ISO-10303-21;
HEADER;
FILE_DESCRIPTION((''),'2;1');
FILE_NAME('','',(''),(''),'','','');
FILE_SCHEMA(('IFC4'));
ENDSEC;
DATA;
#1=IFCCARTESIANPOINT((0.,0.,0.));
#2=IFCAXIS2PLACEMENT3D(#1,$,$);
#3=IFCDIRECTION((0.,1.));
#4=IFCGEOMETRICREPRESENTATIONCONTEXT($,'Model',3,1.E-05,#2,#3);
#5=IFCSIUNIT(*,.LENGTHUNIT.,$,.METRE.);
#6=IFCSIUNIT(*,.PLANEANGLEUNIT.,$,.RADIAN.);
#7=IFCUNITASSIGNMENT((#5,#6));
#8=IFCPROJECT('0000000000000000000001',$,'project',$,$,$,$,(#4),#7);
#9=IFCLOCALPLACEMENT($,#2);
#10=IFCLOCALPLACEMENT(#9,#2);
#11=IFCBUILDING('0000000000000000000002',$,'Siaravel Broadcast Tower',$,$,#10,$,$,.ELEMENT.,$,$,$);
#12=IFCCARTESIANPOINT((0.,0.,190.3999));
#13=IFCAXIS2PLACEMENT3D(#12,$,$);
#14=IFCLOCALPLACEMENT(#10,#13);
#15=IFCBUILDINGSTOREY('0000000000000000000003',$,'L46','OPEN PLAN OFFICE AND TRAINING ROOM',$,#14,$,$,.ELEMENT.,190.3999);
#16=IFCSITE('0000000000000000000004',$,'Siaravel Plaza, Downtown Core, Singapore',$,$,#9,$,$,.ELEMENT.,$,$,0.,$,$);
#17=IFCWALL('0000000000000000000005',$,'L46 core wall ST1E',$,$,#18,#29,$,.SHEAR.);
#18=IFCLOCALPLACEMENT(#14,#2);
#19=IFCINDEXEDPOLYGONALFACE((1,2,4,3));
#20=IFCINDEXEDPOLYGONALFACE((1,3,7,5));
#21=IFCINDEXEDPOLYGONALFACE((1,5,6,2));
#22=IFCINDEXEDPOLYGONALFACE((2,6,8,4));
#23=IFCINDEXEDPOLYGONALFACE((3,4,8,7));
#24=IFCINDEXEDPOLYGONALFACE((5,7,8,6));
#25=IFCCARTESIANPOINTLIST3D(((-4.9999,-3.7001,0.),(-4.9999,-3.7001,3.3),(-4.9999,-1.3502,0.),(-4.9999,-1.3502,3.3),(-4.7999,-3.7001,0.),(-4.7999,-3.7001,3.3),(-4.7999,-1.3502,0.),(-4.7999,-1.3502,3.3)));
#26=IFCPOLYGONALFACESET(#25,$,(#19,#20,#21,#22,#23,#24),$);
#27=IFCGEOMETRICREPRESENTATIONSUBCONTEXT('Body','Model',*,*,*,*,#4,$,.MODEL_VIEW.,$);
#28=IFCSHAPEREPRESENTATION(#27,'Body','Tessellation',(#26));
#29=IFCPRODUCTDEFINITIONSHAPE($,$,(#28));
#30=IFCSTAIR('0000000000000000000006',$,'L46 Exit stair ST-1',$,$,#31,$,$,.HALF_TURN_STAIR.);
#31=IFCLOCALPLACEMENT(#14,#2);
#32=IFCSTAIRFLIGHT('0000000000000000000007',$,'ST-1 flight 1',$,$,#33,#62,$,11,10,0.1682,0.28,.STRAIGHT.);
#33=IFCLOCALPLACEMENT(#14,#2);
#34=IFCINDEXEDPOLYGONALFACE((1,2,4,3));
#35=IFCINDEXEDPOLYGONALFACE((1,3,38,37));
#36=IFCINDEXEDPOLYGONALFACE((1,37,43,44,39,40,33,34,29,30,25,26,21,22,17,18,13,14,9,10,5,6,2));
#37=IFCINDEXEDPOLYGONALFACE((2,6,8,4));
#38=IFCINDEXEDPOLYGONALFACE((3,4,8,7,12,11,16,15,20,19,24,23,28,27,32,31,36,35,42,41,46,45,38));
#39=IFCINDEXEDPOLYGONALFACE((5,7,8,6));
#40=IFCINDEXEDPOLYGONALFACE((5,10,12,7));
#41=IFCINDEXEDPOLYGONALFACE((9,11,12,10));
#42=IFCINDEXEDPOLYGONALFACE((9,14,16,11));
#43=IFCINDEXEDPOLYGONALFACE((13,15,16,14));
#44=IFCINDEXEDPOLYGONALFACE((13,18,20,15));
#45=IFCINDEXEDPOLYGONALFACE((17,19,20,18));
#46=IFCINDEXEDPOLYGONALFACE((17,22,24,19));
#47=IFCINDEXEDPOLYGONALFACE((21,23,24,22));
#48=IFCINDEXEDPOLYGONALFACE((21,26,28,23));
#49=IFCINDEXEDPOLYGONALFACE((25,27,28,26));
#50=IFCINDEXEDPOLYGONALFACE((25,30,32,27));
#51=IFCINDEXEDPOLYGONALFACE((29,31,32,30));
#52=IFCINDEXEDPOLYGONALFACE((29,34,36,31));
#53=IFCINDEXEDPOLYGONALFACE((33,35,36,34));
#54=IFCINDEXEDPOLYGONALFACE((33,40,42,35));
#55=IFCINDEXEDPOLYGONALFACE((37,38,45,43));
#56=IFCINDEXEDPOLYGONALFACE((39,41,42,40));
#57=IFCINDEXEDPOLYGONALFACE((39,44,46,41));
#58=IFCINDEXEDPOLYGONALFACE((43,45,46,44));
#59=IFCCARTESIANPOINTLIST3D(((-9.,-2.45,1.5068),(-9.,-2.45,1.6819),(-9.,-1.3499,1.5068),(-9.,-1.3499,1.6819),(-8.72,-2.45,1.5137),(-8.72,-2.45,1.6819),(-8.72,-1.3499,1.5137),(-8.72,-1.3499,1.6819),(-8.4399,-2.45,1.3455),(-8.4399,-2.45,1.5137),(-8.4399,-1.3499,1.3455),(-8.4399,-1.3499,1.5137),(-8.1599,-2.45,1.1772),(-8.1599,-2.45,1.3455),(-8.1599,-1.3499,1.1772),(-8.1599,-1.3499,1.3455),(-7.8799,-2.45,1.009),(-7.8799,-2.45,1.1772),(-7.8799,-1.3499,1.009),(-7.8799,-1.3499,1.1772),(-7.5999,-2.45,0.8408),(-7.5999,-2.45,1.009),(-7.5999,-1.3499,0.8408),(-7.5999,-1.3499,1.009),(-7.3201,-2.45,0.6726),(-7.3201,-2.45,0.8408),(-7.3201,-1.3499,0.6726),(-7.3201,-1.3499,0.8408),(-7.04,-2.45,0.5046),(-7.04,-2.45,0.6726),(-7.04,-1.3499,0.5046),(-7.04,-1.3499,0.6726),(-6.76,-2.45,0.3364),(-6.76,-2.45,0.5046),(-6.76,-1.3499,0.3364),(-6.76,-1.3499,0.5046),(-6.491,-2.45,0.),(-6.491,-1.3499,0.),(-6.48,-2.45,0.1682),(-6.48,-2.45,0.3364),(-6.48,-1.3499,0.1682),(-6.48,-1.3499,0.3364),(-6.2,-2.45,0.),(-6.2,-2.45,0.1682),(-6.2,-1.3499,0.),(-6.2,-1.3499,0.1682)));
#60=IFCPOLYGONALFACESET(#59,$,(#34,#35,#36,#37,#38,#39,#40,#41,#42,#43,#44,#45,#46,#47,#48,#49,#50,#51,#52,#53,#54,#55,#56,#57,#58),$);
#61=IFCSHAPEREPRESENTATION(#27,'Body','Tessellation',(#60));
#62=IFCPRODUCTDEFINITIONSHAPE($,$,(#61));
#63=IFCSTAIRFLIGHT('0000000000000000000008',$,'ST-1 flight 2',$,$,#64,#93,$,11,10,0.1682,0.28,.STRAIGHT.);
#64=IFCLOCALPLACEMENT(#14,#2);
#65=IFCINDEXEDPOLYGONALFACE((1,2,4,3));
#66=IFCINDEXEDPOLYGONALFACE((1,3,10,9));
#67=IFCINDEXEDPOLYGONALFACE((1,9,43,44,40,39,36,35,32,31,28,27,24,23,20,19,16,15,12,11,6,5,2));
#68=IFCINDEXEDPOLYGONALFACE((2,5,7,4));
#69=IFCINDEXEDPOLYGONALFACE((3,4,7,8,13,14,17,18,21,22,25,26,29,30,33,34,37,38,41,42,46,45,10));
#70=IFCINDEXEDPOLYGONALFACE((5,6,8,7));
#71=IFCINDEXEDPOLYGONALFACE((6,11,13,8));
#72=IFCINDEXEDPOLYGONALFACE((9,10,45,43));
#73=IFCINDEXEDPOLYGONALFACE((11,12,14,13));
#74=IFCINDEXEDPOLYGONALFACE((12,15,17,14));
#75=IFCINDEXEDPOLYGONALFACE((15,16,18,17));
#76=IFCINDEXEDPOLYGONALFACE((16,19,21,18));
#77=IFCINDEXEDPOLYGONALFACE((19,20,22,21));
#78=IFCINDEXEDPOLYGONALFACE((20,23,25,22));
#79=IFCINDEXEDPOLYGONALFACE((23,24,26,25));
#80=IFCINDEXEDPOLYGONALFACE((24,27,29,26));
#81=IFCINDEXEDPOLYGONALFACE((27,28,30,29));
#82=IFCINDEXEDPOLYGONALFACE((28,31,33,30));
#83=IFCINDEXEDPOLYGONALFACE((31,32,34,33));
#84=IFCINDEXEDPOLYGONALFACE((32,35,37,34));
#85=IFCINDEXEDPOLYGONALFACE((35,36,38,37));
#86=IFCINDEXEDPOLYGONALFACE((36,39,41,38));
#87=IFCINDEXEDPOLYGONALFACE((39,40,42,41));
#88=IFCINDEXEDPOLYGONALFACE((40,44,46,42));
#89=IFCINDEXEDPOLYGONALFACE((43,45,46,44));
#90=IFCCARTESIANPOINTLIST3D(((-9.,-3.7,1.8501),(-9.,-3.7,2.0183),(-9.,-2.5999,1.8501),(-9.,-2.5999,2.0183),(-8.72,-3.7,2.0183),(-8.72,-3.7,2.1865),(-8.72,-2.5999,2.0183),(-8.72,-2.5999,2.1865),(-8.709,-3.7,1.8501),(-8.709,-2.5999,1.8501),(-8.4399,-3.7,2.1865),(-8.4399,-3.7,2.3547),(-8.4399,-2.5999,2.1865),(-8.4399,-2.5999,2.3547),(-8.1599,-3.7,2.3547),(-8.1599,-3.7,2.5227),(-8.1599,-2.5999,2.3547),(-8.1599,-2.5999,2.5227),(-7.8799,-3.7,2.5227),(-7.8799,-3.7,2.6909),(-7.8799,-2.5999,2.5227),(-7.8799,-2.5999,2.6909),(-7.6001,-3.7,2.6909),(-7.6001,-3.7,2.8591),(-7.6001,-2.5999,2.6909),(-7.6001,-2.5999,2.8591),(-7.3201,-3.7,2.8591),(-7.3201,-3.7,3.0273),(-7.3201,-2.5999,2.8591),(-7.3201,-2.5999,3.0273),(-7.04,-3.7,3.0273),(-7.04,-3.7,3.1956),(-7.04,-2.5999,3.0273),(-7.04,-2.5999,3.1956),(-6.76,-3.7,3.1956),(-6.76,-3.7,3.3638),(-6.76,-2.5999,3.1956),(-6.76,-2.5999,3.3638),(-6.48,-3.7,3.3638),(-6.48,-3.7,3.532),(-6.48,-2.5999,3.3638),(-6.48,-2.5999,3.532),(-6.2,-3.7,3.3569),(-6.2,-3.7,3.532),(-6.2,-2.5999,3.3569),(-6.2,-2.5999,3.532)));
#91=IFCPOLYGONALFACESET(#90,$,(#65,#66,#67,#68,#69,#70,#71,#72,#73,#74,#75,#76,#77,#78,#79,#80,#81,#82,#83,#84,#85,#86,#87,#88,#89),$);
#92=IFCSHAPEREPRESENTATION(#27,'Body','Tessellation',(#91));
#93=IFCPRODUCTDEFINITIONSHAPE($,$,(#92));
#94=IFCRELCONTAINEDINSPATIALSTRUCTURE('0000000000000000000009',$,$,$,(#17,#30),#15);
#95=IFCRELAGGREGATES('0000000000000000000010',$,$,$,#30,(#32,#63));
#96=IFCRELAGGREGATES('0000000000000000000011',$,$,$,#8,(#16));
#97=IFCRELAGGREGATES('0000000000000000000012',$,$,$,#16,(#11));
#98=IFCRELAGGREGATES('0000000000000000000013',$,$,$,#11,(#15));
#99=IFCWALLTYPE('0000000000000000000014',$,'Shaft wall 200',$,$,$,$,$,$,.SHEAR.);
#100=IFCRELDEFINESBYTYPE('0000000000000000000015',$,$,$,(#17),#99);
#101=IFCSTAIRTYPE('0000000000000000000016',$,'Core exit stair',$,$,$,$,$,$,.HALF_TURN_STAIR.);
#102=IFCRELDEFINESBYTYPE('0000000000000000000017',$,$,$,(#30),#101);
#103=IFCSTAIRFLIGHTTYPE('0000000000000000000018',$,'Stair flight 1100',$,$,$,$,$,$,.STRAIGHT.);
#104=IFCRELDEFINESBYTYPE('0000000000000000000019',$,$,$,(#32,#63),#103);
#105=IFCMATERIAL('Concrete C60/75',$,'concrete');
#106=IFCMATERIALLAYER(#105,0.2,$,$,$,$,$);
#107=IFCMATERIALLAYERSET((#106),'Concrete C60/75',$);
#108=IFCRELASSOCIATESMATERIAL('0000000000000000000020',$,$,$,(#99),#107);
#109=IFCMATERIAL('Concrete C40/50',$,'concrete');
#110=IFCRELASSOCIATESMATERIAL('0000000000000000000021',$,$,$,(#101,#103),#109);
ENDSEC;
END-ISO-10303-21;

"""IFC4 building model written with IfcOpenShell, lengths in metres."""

from ifc_helpers import new_model, si_unit, direction, frame, frame_2d, origin, place, context, subcontext, project, spatial, polyline, rectangle, outline, extrude, material, layer, layer_set, type_object, element, aggregate, save


model = new_model("IFC4")

# Units and contexts
model_context = context("Model", 3, precision=1e-05, world=origin(), true_north=direction((0.0, 1.0)))
body_context = subcontext(model_context, "Body", "Model", "MODEL_VIEW")
ifc_project = project(units=[si_unit("LENGTHUNIT", "METRE"), si_unit("PLANEANGLEUNIT", "RADIAN")], contexts=[model_context])

# Site, building, storey
site_placement = place(None, origin())
site = spatial("IfcSite", under=ifc_project, at=site_placement, Name="Siaravel Plaza, Downtown Core, Singapore", CompositionType="ELEMENT", RefElevation=0.0)
building_placement = place(site_placement, origin())
building = spatial("IfcBuilding", under=site, at=building_placement, Name="Siaravel Broadcast Tower", CompositionType="ELEMENT")
storey_placement = place(building_placement, frame((0.0, 0.0, 190.3999)))
storey = spatial("IfcBuildingStorey", under=building, at=storey_placement, Name="L46", Description="OPEN PLAN OFFICE AND TRAINING ROOM", CompositionType="ELEMENT", Elevation=190.3999)

# Shared definitions
ifc_material_1 = material(Name="Concrete C60/75", Category="concrete")

# Shared definitions
ifc_layer_1 = layer(ifc_material_1, 0.2)
ifc_layer_set_1 = layer_set([ifc_layer_1], Name="Concrete C60/75")
wall_type_1 = type_object("IfcWallType", Name="Shaft wall 200", PredefinedType="SHEAR", material=ifc_layer_set_1)

# Wall
wall_1_placement = place(storey_placement, frame((-4.8999, -3.7, 0.0), z_axis=(0.0, 0.0, 1.0), x_axis=(0.0, 1.0, 0.0)))
element("IfcWall", 1, at=wall_1_placement, inside=storey, type_object=wall_type_1, Name="L46 core wall ST1E", PredefinedType="SHEAR", context=body_context, shape_type="SweptSolid", body=[
    extrude(rectangle(XDim=2.3499, YDim=0.2, at=frame_2d((1.1748, 0.0))), origin(), (0.0, 0.0, 1.0), 3.3),
])

# Stair, stair flights
ifc_material_2 = material(Name="Concrete C40/50", Category="concrete")
stair_type = type_object("IfcStairType", Name="Core exit stair", PredefinedType="HALF_TURN_STAIR", material=ifc_material_2)
stair_placement = place(storey_placement, origin())
stair = element("IfcStair", 2, at=stair_placement, inside=storey, type_object=stair_type, Name="L46 Exit stair ST-1", PredefinedType="HALF_TURN_STAIR")
stair_flight_type = type_object("IfcStairFlightType", Name="Stair flight 1100", PredefinedType="STRAIGHT", material=ifc_material_2)
stair_flight_1_placement = place(storey_placement, frame((-6.2, -1.8999, 0.0), z_axis=(0.0, 0.0, 1.0), x_axis=(-1.0, 0.0, 0.0)))
stair_flight_1 = element("IfcStairFlight", 3, at=stair_flight_1_placement, type_object=stair_flight_type, Name="ST-1 flight 1", NumberOfRisers=11, NumberOfTreads=10, PredefinedType="STRAIGHT", RiserHeight=0.1682, TreadLength=0.28, context=body_context, shape_type="SweptSolid", body=[
    extrude(outline(polyline([(0.0, 0.0), (0.0, 0.1682), (0.28, 0.1682), (0.28, 0.3364), (0.5601, 0.3364), (0.5601, 0.5046), (0.8401, 0.5046), (0.8401, 0.6726), (1.1201, 0.6726), (1.1201, 0.8408), (1.3999, 0.8408), (1.3999, 1.009), (1.6799, 1.009), (1.6799, 1.1772), (1.96, 1.1772), (1.96, 1.3455), (2.24, 1.3455), (2.24, 1.5137), (2.52, 1.5137), (2.52, 1.6819), (2.8, 1.6819), (2.8, 1.8501), (2.8, 1.5068), (0.291, 0.0), (0.0, 0.0)])), frame((0.0, 0.55, 0.0), z_axis=(0.0, -1.0, 0.0), x_axis=(1.0, 0.0, 0.0)), (0.0, 0.0, 1.0), 1.1001),
])
stair_flight_2_placement = place(storey_placement, frame((-9.0, -3.1499, 1.8501), z_axis=(0.0, 0.0, 1.0), x_axis=(1.0, 0.0, 0.0)))
stair_flight_2 = element("IfcStairFlight", 4, at=stair_flight_2_placement, type_object=stair_flight_type, Name="ST-1 flight 2", NumberOfRisers=11, NumberOfTreads=10, PredefinedType="STRAIGHT", RiserHeight=0.1682, TreadLength=0.28, context=body_context, shape_type="SweptSolid", body=[
    extrude(outline(polyline([(0.0, 0.0), (0.0, 0.1682), (0.28, 0.1682), (0.28, 0.3364), (0.5601, 0.3364), (0.5601, 0.5046), (0.8401, 0.5046), (0.8401, 0.6726), (1.1201, 0.6726), (1.1201, 0.8408), (1.3999, 0.8408), (1.3999, 1.009), (1.6799, 1.009), (1.6799, 1.1772), (1.96, 1.1772), (1.96, 1.3455), (2.24, 1.3455), (2.24, 1.5137), (2.52, 1.5137), (2.52, 1.6819), (2.8, 1.6819), (2.8, 1.8501), (2.8, 1.5068), (0.291, 0.0), (0.0, 0.0)])), frame((0.0, 0.55, 0.0), z_axis=(0.0, -1.0, 0.0), x_axis=(1.0, 0.0, 0.0)), (0.0, 0.0, 1.0), 1.1001),
])
aggregate(stair, [stair_flight_1, stair_flight_2])

save(model, "model.ifc")
